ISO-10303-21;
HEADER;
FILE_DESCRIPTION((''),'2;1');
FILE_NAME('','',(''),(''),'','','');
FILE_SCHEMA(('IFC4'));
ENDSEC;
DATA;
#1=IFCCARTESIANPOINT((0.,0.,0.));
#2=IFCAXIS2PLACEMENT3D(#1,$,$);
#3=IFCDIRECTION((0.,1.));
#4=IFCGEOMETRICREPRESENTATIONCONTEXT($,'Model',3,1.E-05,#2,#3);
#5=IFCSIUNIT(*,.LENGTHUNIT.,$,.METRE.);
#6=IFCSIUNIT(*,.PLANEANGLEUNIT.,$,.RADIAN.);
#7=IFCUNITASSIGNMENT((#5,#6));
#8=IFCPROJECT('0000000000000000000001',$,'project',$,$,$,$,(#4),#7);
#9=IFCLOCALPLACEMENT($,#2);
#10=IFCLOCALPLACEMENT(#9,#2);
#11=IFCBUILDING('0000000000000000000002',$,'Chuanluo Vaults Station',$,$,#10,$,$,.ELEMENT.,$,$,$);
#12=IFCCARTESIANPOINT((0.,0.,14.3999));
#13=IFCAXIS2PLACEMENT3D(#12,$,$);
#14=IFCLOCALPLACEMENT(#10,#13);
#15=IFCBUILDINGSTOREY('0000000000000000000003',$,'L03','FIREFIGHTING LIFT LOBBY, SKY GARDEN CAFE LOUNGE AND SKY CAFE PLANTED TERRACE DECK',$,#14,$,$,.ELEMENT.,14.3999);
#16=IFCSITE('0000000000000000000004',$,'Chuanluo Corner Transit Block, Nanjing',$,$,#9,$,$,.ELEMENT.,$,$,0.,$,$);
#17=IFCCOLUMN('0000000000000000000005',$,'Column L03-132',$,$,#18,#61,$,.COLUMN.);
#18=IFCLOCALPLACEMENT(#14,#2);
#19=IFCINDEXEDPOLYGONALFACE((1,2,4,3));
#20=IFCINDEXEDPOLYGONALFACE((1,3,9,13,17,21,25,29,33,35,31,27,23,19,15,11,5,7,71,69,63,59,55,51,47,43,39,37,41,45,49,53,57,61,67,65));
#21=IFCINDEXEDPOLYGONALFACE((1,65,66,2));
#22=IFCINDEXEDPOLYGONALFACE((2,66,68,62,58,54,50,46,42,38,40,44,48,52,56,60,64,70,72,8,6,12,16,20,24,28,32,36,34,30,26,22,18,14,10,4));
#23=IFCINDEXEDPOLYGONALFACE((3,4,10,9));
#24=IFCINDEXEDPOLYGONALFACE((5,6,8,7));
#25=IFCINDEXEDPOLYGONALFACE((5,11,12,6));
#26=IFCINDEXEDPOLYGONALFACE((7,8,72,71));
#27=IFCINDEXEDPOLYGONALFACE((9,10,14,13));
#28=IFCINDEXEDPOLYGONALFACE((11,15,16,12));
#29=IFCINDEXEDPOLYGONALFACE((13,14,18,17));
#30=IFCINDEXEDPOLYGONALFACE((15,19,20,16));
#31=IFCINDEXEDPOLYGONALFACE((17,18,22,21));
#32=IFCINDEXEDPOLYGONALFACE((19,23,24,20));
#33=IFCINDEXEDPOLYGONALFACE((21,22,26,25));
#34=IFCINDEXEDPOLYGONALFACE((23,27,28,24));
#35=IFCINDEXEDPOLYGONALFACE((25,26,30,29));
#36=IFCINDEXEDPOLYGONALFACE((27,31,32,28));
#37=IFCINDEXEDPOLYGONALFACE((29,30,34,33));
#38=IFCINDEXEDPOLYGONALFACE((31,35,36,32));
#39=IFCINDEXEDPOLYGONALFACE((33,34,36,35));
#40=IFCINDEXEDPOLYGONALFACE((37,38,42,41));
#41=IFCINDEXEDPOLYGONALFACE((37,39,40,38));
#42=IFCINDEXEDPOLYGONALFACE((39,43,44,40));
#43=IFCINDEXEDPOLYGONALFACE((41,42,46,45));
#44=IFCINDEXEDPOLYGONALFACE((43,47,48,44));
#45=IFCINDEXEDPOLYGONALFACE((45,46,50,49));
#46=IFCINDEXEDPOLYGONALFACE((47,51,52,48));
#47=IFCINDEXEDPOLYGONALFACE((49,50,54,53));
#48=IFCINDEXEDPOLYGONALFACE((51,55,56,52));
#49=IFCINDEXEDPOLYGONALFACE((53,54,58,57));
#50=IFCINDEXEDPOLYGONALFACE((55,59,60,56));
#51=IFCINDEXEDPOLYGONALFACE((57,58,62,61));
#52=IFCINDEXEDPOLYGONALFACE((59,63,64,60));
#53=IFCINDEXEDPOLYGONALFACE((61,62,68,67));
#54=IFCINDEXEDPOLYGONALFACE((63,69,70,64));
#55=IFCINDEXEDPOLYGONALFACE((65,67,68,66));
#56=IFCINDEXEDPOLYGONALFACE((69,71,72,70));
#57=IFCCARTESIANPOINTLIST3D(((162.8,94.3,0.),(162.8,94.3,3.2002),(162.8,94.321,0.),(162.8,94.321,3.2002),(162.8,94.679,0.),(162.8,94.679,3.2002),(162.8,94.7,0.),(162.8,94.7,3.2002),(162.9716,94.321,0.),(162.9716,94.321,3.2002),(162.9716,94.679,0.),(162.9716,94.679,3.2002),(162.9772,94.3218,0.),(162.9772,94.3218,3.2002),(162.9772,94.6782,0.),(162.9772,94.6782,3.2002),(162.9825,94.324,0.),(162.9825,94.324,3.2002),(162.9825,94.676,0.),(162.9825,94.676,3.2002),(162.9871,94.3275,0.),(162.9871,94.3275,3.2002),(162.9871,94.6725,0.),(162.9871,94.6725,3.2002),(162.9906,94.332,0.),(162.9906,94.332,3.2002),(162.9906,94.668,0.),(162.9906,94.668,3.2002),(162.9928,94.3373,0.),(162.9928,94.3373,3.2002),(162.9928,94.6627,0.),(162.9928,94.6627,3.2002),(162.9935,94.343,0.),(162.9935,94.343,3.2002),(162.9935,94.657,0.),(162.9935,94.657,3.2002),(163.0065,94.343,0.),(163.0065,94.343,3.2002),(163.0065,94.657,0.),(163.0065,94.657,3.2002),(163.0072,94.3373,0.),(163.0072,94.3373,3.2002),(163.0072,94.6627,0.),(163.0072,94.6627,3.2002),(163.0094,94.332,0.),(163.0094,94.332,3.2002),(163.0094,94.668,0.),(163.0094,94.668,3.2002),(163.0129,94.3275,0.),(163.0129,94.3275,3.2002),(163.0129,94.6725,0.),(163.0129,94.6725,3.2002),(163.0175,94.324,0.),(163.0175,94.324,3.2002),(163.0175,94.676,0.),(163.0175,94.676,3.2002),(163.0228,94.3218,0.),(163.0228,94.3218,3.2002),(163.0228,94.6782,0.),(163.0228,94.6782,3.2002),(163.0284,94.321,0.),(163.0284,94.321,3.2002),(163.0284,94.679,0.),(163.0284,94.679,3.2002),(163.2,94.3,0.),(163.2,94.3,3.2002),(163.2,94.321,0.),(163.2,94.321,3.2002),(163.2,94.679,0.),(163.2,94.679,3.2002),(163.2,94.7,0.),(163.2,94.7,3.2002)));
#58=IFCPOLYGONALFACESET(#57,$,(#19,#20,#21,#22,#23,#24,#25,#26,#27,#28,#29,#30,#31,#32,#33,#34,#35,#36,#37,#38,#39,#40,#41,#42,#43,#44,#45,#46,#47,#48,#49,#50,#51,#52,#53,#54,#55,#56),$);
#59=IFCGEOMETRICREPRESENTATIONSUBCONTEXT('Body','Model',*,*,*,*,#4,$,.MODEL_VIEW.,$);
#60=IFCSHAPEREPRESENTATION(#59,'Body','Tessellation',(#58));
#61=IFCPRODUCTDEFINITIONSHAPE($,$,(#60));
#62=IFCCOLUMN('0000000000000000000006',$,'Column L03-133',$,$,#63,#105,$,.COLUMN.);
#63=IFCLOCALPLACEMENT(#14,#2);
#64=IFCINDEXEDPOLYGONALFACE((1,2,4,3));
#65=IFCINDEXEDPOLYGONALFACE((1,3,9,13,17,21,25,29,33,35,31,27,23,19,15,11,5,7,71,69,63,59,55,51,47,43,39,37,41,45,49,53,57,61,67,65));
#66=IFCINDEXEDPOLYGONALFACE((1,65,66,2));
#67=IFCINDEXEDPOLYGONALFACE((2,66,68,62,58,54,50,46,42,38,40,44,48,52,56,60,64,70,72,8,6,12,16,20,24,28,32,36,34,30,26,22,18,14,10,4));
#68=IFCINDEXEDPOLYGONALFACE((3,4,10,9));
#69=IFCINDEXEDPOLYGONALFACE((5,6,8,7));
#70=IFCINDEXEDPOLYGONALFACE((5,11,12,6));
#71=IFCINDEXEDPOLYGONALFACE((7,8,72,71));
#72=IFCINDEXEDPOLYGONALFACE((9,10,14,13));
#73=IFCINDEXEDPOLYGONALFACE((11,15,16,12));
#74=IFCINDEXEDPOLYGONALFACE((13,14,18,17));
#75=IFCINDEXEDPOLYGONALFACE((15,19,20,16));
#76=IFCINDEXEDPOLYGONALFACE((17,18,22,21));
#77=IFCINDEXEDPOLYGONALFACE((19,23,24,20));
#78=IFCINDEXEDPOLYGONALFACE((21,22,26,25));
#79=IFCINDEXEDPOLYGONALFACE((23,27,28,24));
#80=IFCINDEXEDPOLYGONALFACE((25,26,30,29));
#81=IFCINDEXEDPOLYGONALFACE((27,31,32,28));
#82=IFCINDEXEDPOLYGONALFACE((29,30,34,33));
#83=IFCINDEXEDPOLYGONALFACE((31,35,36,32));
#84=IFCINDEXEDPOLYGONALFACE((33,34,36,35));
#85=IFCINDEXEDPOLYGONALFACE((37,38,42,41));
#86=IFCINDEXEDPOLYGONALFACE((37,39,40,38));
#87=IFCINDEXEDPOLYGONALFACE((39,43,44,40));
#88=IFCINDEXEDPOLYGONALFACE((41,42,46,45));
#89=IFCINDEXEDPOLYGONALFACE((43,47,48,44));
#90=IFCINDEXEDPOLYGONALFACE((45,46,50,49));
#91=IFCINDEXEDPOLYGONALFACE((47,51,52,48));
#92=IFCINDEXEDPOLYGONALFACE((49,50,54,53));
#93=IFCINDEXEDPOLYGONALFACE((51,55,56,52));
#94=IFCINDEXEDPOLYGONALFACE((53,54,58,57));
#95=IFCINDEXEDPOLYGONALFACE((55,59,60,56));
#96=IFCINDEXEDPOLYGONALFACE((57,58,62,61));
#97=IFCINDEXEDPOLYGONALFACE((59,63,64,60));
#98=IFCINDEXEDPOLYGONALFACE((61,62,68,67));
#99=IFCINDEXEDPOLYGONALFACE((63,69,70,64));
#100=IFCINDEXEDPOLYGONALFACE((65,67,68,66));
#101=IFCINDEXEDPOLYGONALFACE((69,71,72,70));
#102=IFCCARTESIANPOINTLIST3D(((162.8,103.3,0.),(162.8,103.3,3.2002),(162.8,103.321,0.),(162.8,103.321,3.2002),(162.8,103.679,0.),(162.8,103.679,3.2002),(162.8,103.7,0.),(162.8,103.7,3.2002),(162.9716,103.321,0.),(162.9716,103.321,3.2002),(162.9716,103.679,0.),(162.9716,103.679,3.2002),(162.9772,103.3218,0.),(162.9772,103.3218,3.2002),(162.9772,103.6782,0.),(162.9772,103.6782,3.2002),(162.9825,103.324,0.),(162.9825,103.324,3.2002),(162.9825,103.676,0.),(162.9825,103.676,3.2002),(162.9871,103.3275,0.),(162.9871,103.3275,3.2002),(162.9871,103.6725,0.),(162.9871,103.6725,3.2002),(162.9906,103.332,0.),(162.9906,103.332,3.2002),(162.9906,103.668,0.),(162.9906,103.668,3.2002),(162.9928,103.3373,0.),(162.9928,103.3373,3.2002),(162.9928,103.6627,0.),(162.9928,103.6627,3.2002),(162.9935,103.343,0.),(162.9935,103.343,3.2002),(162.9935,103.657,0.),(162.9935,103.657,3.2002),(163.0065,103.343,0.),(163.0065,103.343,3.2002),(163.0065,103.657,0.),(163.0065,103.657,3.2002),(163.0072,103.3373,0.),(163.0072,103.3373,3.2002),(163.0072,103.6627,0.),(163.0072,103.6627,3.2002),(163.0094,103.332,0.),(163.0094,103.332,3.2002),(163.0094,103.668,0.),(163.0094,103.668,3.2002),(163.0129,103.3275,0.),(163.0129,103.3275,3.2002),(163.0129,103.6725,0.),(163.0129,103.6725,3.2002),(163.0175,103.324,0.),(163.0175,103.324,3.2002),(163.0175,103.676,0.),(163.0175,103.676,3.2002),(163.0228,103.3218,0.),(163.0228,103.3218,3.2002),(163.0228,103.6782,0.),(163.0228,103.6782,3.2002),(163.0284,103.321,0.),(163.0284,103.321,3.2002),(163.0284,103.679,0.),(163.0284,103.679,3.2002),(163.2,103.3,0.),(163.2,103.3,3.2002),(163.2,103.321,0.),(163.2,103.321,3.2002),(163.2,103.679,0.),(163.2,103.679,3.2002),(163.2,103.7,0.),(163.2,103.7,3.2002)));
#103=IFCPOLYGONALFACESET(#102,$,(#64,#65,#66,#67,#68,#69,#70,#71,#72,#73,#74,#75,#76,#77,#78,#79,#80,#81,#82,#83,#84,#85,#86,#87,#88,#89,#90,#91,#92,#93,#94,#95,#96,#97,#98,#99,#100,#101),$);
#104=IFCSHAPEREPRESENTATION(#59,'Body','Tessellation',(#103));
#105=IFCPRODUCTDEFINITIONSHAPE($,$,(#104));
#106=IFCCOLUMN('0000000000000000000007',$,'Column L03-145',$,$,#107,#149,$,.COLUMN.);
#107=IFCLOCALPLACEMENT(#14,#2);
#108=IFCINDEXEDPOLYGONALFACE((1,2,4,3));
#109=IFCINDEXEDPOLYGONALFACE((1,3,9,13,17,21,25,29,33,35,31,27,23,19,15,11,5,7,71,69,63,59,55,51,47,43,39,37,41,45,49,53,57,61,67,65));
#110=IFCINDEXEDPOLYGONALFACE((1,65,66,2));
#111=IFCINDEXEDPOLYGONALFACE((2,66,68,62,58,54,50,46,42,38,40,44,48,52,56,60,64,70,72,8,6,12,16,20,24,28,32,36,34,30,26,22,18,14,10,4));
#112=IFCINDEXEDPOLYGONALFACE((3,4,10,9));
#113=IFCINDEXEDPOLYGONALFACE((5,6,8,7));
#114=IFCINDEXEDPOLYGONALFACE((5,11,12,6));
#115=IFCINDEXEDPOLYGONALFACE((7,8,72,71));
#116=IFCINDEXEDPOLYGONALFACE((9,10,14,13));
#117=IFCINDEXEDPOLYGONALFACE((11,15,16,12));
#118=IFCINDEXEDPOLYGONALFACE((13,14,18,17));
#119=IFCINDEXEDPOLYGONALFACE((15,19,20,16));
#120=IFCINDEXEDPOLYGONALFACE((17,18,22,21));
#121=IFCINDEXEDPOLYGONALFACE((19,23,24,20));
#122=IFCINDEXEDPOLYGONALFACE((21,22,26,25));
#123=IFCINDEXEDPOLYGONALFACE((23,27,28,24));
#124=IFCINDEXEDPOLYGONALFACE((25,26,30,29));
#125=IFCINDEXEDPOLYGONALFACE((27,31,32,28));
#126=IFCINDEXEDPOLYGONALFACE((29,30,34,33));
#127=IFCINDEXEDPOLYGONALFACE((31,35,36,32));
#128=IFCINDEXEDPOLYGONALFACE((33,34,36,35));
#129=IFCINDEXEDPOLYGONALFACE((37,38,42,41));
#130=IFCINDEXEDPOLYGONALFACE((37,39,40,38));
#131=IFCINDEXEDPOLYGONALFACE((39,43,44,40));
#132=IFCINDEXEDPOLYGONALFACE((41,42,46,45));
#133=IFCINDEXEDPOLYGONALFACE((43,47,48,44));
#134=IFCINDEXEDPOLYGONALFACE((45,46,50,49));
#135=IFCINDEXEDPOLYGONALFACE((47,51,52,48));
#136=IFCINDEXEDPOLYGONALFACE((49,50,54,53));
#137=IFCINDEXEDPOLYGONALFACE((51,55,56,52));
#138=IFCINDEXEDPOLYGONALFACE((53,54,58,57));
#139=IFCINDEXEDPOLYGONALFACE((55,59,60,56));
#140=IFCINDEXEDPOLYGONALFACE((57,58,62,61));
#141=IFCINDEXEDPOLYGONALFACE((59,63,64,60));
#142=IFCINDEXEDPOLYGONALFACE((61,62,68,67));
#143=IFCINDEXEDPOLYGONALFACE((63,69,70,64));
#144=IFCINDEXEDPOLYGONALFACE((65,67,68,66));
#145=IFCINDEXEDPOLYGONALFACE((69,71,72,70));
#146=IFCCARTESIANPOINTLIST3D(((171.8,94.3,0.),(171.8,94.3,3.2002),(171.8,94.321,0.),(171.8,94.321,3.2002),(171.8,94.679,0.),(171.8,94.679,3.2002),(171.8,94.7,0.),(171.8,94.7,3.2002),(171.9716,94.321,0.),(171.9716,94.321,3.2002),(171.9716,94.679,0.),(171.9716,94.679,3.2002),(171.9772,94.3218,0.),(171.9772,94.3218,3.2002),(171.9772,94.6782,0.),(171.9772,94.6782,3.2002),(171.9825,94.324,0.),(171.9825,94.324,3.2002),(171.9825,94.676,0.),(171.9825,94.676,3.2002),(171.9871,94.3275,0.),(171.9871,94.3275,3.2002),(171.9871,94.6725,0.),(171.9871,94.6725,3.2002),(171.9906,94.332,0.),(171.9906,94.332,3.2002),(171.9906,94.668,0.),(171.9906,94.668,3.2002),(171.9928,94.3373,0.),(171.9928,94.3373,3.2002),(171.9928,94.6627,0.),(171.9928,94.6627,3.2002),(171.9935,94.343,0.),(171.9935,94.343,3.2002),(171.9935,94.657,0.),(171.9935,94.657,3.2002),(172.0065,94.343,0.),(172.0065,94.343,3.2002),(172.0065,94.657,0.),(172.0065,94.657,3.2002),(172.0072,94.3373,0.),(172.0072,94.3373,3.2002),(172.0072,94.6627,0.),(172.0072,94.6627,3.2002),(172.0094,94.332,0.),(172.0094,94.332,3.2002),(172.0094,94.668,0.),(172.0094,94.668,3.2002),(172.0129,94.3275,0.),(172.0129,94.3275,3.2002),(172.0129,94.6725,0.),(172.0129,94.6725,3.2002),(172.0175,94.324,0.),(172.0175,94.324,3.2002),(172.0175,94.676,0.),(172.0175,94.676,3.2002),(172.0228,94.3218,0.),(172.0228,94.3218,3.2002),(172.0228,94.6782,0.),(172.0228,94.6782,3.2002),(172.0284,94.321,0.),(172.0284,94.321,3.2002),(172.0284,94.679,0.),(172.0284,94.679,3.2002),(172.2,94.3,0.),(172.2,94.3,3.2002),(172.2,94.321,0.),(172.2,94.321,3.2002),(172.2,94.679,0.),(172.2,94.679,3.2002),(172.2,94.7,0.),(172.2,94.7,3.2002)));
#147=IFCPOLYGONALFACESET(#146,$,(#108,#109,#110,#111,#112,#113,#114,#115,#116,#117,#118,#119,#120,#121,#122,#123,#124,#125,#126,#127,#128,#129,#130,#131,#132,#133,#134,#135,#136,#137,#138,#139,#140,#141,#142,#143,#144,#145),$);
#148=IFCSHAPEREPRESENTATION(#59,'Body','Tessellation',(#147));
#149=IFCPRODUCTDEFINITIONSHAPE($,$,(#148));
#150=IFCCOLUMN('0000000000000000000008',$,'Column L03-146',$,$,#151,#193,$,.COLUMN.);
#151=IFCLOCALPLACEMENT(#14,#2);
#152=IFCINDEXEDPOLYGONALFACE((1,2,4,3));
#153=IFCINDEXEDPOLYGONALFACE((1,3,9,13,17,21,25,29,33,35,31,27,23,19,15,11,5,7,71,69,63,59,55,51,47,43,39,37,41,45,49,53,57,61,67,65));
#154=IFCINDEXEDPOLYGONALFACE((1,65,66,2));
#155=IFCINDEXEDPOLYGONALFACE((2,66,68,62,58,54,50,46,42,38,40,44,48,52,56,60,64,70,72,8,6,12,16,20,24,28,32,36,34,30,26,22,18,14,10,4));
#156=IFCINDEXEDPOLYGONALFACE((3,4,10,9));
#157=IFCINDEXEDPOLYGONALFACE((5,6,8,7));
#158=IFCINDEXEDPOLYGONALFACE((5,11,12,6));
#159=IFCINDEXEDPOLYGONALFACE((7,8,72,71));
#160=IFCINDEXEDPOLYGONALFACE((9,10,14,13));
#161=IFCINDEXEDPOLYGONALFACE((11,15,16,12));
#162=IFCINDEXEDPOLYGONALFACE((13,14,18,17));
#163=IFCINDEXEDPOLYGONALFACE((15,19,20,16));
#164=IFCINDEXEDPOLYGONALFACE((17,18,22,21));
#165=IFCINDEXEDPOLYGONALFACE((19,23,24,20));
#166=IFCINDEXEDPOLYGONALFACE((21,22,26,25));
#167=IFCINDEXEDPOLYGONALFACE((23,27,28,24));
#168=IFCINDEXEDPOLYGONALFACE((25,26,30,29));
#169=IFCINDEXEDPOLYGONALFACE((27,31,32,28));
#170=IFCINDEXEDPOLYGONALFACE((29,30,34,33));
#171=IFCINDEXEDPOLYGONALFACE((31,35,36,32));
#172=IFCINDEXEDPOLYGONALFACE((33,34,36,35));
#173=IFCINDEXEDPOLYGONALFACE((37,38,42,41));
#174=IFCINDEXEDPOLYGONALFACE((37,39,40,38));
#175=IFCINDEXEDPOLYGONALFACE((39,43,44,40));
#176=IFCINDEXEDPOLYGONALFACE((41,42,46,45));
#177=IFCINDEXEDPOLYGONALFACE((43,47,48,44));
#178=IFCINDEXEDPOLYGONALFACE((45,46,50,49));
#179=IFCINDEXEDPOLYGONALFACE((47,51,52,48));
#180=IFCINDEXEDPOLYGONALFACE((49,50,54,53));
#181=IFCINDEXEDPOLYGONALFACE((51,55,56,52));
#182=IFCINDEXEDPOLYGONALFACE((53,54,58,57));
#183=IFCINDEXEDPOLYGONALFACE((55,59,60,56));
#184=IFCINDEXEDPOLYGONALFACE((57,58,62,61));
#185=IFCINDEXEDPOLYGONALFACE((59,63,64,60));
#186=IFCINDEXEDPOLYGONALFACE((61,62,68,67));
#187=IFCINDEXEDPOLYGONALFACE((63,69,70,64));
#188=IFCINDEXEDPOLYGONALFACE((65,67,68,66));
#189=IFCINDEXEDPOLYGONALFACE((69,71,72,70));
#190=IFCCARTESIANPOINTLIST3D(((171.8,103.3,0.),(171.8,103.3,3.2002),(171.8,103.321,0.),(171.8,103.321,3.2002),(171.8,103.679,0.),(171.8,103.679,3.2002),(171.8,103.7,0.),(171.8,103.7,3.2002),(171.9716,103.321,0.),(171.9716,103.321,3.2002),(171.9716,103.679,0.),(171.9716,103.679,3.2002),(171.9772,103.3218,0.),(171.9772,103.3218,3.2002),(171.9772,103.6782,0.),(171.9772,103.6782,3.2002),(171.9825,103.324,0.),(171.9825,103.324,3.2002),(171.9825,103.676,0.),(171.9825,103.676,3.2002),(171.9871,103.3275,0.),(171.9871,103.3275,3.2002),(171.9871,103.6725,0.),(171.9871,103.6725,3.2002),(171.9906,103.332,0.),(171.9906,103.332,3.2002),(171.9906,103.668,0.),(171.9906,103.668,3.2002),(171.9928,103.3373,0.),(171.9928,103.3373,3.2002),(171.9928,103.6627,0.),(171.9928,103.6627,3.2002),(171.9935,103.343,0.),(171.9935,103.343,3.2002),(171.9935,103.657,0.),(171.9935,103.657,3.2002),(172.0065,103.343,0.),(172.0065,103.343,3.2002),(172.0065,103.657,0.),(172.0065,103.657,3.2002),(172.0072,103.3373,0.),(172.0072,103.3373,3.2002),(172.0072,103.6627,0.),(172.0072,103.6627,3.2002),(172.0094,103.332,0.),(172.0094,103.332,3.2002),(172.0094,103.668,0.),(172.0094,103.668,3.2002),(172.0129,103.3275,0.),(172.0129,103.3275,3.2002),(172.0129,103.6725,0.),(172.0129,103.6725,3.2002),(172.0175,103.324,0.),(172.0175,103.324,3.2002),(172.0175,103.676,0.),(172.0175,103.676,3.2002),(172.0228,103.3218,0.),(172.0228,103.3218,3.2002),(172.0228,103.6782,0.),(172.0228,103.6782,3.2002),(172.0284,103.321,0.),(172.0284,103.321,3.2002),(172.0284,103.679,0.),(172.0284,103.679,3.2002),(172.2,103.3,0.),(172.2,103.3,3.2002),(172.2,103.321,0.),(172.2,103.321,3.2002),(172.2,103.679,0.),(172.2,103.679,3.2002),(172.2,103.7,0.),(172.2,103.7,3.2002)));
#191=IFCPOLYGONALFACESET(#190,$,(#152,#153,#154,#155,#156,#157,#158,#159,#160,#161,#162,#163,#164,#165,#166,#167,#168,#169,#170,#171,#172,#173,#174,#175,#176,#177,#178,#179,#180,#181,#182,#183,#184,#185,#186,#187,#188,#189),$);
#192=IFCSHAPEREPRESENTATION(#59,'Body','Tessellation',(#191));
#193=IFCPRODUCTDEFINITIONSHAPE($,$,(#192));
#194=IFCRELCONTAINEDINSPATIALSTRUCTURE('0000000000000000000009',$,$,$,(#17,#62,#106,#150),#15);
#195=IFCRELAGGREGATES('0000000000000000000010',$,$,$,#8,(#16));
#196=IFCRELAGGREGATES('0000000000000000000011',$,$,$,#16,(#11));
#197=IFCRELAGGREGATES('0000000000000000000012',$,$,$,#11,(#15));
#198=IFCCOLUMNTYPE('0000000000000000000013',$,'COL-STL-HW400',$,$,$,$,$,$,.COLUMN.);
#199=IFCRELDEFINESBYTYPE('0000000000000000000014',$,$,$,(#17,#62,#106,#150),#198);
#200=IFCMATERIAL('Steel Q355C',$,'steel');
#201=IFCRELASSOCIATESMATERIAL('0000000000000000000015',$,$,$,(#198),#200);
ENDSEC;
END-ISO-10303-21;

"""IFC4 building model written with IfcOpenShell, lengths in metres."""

from ifc_helpers import new_model, si_unit, direction, frame, origin, origin_2d, place, context, subcontext, project, spatial, i_section, extrude, material, material_profile, profile_set, type_object, element, save


model = new_model("IFC4")

# Units and contexts
model_context = context("Model", 3, precision=1e-05, world=origin(), true_north=direction((0.0, 1.0)))
body_context = subcontext(model_context, "Body", "Model", "MODEL_VIEW")
ifc_project = project(units=[si_unit("LENGTHUNIT", "METRE"), si_unit("PLANEANGLEUNIT", "RADIAN")], contexts=[model_context])

# Site, building, storey
site_placement = place(None, origin())
site = spatial("IfcSite", under=ifc_project, at=site_placement, Name="Chuanluo Corner Transit Block, Nanjing", CompositionType="ELEMENT", RefElevation=0.0)
building_placement = place(site_placement, origin())
building = spatial("IfcBuilding", under=site, at=building_placement, Name="Chuanluo Vaults Station", CompositionType="ELEMENT")
storey_placement = place(building_placement, frame((0.0, 0.0, 14.3999)))
storey = spatial("IfcBuildingStorey", under=building, at=storey_placement, Name="L03", Description="FIREFIGHTING LIFT LOBBY, SKY GARDEN CAFE LOUNGE AND SKY CAFE PLANTED TERRACE DECK", CompositionType="ELEMENT", Elevation=14.3999)

# Columns
ifc_material_1 = material(Name="Steel Q355C", Category="steel")
ifc_material_profile_1 = material_profile(ifc_material_1, i_section(OverallWidth=0.3999, OverallDepth=0.3999, WebThickness=0.0129, FlangeThickness=0.021, FilletRadius=0.022, at=origin_2d()))
ifc_profile_set_1 = profile_set([ifc_material_profile_1], Name="Steel Q355C")
column_type = type_object("IfcColumnType", Name="COL-STL-HW400", PredefinedType="COLUMN", material=ifc_profile_set_1)
for number, where, z_axis, x_axis, name in (
    (1, (163.0, 94.5, 0.0), (0.0, 0.0, 1.0), (1.0, 0.0, 0.0), "Column L03-132"),
    (2, (163.0, 103.5, 0.0), (0.0, 0.0, 1.0), (1.0, 0.0, 0.0), "Column L03-133"),
    (3, (172.0, 94.5, 0.0), (0.0, 0.0, 1.0), (1.0, 0.0, 0.0), "Column L03-145"),
    (4, (172.0, 103.5, 0.0), (0.0, 0.0, 1.0), (1.0, 0.0, 0.0), "Column L03-146"),
):
    element("IfcColumn", number, at=place(storey_placement, frame(where, z_axis=z_axis, x_axis=x_axis)), inside=storey, type_object=column_type, Name=name, PredefinedType="COLUMN", context=body_context, shape_type="SweptSolid", body=[
        extrude(i_section(OverallWidth=0.3999, OverallDepth=0.3999, WebThickness=0.0129, FlangeThickness=0.021, FilletRadius=0.022, at=origin_2d()), origin(), (0.0, 0.0, 1.0), 3.2002),
    ])

save(model, "model.ifc")
